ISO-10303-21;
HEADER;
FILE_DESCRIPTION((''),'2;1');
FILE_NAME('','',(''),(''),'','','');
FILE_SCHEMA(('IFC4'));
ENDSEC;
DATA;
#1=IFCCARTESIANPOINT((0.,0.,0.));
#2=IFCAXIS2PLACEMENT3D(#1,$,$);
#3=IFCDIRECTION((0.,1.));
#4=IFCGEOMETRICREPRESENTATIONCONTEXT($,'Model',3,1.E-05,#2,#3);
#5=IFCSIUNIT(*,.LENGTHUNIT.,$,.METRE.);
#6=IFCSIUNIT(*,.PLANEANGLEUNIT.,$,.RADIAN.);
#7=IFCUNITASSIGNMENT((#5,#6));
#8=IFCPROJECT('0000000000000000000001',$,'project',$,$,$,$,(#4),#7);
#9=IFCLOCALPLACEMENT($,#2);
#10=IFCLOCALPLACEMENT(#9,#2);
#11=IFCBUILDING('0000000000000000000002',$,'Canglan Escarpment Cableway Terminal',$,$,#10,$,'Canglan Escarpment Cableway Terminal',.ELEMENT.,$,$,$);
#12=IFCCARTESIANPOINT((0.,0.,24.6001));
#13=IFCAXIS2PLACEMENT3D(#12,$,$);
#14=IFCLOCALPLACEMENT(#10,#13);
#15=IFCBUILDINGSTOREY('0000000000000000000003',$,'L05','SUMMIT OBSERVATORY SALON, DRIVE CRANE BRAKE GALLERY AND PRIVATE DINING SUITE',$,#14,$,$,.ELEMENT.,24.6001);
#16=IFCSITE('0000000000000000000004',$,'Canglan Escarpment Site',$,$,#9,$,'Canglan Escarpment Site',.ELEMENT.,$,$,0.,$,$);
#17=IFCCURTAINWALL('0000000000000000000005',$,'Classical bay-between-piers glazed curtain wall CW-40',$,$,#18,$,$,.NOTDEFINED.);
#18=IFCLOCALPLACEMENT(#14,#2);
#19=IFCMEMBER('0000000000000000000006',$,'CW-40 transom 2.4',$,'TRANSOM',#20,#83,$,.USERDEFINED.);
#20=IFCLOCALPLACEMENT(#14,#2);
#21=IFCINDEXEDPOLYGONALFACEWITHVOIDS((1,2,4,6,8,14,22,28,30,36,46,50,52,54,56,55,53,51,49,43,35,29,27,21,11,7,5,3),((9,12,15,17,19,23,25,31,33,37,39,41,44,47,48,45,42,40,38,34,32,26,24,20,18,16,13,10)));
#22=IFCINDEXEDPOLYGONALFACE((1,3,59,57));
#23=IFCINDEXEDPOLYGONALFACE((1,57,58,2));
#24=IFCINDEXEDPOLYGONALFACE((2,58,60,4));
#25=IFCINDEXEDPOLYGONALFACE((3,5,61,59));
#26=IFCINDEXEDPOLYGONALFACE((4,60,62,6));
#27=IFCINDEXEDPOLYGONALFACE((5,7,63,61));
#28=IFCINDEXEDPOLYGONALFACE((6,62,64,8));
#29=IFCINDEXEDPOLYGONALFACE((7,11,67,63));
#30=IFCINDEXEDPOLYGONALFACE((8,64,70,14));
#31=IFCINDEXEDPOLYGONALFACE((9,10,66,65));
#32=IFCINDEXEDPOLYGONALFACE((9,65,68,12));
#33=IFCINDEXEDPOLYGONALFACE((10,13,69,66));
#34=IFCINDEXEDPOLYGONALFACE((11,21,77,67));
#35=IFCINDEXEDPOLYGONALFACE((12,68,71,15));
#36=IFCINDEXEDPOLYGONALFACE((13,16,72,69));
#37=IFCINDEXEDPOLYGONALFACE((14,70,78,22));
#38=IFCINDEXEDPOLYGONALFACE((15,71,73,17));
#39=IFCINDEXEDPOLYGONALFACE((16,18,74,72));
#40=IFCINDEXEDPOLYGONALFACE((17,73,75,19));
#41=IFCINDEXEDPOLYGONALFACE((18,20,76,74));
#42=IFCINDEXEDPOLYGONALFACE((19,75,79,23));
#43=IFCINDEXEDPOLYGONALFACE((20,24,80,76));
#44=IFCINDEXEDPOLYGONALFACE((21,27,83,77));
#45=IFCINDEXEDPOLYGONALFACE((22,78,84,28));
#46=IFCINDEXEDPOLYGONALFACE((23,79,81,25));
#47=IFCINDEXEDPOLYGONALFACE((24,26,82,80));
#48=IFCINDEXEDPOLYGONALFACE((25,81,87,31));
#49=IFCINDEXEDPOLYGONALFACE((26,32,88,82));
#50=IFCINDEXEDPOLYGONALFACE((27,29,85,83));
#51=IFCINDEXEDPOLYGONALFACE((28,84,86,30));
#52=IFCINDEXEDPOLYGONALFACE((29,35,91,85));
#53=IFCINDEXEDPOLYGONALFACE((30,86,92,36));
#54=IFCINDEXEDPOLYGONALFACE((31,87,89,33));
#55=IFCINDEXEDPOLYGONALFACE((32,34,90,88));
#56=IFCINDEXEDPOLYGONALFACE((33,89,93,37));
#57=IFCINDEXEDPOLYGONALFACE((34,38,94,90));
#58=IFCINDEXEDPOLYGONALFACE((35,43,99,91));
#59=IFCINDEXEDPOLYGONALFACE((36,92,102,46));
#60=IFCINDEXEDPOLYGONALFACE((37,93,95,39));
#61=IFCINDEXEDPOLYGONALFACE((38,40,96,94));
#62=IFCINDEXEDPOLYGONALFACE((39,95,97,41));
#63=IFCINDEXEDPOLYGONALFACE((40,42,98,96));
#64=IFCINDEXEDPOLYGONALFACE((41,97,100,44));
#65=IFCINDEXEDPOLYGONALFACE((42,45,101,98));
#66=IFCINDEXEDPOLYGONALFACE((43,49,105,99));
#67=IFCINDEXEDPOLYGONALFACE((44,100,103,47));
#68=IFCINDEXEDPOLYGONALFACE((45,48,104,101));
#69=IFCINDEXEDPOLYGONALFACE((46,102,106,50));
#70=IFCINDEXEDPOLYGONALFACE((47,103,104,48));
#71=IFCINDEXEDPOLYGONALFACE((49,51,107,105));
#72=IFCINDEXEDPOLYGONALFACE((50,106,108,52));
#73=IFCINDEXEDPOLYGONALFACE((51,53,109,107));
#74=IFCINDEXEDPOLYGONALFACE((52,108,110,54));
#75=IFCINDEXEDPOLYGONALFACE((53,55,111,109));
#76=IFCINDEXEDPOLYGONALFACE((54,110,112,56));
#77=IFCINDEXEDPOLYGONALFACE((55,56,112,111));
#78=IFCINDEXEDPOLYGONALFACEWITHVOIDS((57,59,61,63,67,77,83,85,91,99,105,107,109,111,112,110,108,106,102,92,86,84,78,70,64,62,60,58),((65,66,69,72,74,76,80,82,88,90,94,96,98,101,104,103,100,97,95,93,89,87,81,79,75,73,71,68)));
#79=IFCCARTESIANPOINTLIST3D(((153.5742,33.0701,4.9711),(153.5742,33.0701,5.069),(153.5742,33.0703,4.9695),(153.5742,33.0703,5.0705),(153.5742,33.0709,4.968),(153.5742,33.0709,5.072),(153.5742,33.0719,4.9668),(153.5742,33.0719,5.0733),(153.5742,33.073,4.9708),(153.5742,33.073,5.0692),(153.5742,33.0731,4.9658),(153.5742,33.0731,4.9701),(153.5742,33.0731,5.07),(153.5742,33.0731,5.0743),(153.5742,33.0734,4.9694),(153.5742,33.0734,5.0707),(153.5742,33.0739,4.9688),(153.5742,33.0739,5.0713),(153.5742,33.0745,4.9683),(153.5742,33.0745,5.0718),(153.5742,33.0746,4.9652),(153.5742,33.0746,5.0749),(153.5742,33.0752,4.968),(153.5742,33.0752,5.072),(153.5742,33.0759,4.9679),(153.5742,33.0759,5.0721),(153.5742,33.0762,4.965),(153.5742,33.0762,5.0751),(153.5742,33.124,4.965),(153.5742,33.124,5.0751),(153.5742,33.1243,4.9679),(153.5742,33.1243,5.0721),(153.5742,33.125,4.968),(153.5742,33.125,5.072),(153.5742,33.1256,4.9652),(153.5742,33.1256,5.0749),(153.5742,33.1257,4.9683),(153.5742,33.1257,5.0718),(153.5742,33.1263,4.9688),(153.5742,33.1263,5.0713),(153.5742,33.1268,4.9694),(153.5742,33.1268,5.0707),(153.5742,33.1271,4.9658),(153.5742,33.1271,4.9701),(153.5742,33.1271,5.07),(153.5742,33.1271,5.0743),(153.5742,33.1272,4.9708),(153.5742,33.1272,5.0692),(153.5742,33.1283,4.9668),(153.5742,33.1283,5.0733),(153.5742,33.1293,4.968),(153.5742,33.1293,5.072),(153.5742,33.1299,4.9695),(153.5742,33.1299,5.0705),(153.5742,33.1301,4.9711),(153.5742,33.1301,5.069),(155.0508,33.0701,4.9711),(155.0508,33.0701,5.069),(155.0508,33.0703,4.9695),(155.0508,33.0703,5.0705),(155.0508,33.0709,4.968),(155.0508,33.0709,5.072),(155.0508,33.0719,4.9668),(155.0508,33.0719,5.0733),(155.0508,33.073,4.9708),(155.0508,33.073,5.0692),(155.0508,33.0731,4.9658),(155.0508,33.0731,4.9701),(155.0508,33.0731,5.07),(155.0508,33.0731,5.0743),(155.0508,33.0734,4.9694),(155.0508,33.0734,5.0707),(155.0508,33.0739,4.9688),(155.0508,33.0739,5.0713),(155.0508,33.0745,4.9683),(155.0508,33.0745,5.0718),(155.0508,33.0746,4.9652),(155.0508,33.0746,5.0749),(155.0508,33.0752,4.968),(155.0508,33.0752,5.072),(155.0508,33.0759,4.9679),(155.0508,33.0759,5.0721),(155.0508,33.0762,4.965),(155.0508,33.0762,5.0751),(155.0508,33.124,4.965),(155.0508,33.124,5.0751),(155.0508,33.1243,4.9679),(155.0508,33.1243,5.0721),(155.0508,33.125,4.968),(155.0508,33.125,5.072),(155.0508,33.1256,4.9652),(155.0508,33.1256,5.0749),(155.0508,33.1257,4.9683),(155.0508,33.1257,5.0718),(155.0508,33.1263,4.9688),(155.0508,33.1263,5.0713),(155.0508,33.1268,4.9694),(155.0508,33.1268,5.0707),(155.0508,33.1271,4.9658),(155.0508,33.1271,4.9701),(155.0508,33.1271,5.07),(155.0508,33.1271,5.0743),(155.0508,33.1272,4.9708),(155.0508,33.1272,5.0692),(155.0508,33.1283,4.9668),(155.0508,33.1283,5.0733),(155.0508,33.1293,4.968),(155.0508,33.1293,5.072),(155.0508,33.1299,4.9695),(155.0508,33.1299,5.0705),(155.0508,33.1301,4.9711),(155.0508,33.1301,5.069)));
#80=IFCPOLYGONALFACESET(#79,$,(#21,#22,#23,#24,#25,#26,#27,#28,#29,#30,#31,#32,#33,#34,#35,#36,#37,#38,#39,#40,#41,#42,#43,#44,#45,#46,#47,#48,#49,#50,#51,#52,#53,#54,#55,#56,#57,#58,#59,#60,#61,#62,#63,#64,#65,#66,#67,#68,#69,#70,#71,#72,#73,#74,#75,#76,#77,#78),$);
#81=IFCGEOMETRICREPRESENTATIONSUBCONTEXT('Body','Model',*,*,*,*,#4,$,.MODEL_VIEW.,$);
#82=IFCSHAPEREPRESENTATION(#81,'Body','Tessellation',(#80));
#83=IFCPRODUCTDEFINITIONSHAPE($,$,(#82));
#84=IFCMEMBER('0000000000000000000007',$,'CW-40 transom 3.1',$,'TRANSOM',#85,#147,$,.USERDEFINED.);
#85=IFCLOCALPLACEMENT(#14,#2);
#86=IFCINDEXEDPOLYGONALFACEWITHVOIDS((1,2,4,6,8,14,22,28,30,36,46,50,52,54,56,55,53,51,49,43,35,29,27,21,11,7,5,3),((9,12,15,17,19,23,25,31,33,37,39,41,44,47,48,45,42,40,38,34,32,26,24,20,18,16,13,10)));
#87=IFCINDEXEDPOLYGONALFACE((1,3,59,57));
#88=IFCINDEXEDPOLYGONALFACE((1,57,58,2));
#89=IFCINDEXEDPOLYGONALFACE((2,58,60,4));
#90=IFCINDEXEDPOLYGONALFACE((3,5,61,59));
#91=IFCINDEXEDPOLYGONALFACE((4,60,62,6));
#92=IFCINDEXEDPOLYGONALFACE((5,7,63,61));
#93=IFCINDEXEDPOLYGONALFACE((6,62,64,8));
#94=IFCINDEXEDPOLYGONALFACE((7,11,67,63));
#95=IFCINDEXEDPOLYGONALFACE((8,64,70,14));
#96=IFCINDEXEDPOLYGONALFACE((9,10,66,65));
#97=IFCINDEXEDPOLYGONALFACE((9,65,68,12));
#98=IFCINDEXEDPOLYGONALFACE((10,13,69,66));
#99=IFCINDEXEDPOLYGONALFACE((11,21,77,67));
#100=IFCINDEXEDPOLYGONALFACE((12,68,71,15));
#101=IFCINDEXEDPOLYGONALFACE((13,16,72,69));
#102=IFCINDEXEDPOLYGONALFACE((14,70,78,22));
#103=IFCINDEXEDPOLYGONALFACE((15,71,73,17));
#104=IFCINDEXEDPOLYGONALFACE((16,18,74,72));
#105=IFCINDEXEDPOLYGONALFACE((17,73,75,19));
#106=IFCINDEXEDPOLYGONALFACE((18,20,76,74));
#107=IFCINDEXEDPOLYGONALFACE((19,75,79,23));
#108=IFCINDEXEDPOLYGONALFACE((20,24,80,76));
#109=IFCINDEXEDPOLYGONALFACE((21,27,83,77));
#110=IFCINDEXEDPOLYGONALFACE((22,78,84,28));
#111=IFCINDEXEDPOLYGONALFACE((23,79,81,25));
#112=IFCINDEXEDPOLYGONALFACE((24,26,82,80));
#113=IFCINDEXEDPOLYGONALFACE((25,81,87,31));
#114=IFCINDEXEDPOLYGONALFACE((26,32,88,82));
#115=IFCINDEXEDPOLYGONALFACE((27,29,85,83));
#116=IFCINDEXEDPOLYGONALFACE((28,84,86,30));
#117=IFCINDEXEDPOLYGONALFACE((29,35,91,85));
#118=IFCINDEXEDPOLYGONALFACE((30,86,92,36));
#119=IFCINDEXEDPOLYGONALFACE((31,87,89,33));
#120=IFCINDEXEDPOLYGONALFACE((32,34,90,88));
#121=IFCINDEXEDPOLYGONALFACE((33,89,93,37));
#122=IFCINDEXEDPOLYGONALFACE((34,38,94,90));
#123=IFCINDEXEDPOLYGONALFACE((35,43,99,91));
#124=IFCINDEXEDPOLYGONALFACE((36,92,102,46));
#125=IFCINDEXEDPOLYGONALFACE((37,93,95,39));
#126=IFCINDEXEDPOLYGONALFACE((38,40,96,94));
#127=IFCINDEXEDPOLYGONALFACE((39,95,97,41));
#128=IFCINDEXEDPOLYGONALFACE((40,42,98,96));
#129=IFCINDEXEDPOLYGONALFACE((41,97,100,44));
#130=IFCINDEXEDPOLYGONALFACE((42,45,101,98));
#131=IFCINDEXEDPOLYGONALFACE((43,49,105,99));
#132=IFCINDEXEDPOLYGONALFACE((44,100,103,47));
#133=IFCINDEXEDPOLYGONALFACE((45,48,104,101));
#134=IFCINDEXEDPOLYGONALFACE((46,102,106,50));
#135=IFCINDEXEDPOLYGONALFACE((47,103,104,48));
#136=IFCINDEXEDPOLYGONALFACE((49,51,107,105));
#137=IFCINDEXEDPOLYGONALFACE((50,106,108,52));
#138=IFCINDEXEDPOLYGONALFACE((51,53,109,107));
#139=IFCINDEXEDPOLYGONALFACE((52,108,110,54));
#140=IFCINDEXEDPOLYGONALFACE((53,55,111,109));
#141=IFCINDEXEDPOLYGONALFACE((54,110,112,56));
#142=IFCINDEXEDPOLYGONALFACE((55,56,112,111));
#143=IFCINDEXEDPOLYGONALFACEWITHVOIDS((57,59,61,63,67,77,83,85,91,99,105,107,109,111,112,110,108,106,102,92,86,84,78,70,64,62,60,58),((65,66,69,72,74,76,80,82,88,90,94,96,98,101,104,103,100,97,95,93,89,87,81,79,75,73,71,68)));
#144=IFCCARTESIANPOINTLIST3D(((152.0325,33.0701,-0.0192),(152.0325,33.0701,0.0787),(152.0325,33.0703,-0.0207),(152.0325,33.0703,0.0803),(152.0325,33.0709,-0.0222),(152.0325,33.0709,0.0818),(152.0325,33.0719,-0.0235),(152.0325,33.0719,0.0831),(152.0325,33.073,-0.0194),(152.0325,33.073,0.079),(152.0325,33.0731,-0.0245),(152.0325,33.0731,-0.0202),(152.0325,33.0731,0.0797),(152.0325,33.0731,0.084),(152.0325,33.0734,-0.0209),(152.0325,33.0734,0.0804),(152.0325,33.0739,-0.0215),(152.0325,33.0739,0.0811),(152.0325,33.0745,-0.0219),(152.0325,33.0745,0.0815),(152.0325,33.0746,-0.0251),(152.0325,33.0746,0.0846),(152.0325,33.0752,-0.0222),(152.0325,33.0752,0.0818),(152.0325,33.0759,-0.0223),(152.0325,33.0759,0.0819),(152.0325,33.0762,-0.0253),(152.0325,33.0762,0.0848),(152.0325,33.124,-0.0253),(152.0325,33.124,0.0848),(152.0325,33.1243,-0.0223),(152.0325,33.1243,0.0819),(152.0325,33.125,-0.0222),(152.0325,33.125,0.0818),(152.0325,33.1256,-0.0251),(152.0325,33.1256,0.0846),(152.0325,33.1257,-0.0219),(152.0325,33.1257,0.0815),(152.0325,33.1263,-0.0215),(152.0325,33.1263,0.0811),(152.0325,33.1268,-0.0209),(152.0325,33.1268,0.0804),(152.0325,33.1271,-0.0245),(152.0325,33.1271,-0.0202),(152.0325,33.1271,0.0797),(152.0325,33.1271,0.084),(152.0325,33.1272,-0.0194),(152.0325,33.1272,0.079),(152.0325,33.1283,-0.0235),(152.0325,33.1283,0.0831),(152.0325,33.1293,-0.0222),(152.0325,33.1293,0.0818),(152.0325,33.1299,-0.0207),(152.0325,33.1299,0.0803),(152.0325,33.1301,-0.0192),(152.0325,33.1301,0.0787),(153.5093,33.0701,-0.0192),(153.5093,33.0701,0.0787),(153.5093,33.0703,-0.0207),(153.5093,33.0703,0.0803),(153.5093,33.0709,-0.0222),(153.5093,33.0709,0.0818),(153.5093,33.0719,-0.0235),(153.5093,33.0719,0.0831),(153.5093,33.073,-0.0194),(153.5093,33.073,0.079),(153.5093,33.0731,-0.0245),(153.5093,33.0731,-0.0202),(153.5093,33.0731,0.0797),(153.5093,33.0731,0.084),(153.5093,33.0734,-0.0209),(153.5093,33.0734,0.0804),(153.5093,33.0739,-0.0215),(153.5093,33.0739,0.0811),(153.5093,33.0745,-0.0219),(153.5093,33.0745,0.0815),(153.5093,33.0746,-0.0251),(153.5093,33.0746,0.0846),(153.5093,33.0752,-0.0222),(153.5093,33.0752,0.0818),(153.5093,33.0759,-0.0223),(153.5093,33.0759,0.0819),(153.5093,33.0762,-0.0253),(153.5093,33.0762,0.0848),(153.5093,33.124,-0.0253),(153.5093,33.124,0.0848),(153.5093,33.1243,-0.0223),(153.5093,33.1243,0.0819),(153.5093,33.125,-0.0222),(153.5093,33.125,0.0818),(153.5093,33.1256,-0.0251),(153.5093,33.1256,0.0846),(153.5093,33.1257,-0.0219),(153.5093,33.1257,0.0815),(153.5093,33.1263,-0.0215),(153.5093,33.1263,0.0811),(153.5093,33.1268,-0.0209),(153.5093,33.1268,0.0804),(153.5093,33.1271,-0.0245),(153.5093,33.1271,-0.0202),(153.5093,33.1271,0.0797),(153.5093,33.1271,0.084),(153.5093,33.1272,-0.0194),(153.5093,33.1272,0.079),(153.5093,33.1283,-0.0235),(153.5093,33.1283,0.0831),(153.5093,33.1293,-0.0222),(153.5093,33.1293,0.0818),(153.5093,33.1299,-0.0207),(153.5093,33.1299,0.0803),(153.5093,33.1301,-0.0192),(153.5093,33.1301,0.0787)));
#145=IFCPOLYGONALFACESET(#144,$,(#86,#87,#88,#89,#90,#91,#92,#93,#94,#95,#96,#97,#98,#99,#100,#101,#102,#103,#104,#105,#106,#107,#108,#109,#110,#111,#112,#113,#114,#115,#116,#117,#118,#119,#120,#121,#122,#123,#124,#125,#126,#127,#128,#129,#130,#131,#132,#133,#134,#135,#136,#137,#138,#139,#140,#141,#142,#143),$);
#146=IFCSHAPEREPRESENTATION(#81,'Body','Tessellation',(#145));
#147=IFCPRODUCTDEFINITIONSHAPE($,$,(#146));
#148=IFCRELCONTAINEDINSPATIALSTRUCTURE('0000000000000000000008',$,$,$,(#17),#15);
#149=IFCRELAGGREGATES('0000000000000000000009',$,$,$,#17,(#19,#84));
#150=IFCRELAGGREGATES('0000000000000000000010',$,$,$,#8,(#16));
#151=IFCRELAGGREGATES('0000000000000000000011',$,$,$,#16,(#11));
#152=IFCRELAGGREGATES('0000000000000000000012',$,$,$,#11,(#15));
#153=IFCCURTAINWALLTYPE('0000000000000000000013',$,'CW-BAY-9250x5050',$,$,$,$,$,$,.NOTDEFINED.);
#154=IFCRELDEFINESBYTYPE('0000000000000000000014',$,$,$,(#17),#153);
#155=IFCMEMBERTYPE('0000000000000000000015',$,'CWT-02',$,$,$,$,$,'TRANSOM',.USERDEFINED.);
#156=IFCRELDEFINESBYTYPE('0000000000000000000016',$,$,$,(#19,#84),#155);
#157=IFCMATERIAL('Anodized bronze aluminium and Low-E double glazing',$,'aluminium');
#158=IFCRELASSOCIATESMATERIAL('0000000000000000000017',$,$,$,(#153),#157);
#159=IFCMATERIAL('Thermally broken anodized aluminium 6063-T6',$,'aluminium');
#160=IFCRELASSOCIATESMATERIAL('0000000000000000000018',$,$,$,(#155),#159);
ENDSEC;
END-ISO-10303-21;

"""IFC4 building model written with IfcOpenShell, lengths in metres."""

from ifc_helpers import new_model, si_unit, direction, frame, origin, origin_2d, place, context, subcontext, project, spatial, hollow_rectangle, extrude, material, material_profile, profile_set, type_object, element, aggregate, save


model = new_model("IFC4")

# Units and contexts
model_context = context("Model", 3, precision=1e-05, world=origin(), true_north=direction((0.0, 1.0)))
body_context = subcontext(model_context, "Body", "Model", "MODEL_VIEW")
ifc_project = project(units=[si_unit("LENGTHUNIT", "METRE"), si_unit("PLANEANGLEUNIT", "RADIAN")], contexts=[model_context])

# Site, building, storey
site_placement = place(None, origin())
site = spatial("IfcSite", under=ifc_project, at=site_placement, Name="Canglan Escarpment Site", LongName="Canglan Escarpment Site", CompositionType="ELEMENT", RefElevation=0.0)
building_placement = place(site_placement, origin())
building = spatial("IfcBuilding", under=site, at=building_placement, Name="Canglan Escarpment Cableway Terminal", LongName="Canglan Escarpment Cableway Terminal", CompositionType="ELEMENT")
storey_placement = place(building_placement, frame((0.0, 0.0, 24.6001)))
storey = spatial("IfcBuildingStorey", under=building, at=storey_placement, Name="L05", Description="SUMMIT OBSERVATORY SALON, DRIVE CRANE BRAKE GALLERY AND PRIVATE DINING SUITE", CompositionType="ELEMENT", Elevation=24.6001)

# Curtain wall, members
ifc_material_1 = material(Name="Anodized bronze aluminium and Low-E double glazing", Category="aluminium")
curtain_wall_type = type_object("IfcCurtainWallType", Name="CW-BAY-9250x5050", PredefinedType="NOTDEFINED", material=ifc_material_1)
curtain_wall_placement = place(storey_placement, origin())
curtain_wall = element("IfcCurtainWall", 1, at=curtain_wall_placement, inside=storey, type_object=curtain_wall_type, Name="Classical bay-between-piers glazed curtain wall CW-40", PredefinedType="NOTDEFINED")
ifc_material_2 = material(Name="Thermally broken anodized aluminium 6063-T6", Category="aluminium")
ifc_material_profile_1 = material_profile(ifc_material_2, hollow_rectangle(XDim=0.0601, YDim=0.1101, WallThickness=0.0029, InnerFilletRadius=0.0029, OuterFilletRadius=0.0061, at=origin_2d()), Name="ALU-TRAN 60x110x3")
ifc_profile_set_1 = profile_set([ifc_material_profile_1], Name="Thermally broken anodized aluminium 6063-T6")
member_type_1 = type_object("IfcMemberType", Name="CWT-02", ElementType="TRANSOM", PredefinedType="USERDEFINED", material=ifc_profile_set_1)
member_1_placement = place(storey_placement, frame((155.0508, 33.1001, 5.02), z_axis=(-1.0, 0.0, 0.0), x_axis=(0.0, -1.0, 0.0)))
member_1 = element("IfcMember", 2, at=member_1_placement, type_object=member_type_1, Name="CW-40 transom 2.4", ObjectType="TRANSOM", PredefinedType="USERDEFINED", context=body_context, shape_type="SweptSolid", body=[
    extrude(hollow_rectangle(XDim=0.0601, YDim=0.1101, WallThickness=0.0029, InnerFilletRadius=0.0029, OuterFilletRadius=0.0061, at=origin_2d()), origin(), (0.0, 0.0, 1.0), 1.4766),
])
member_2_placement = place(storey_placement, frame((153.5093, 33.1001, 0.0298), z_axis=(-1.0, 0.0, 0.0), x_axis=(0.0, -1.0, 0.0)))
member_2 = element("IfcMember", 3, at=member_2_placement, type_object=member_type_1, Name="CW-40 transom 3.1", ObjectType="TRANSOM", PredefinedType="USERDEFINED", context=body_context, shape_type="SweptSolid", body=[
    extrude(hollow_rectangle(XDim=0.0601, YDim=0.1101, WallThickness=0.0029, InnerFilletRadius=0.0029, OuterFilletRadius=0.0061, at=origin_2d()), origin(), (0.0, 0.0, 1.0), 1.4768),
])

aggregate(curtain_wall, [member_1, member_2])

save(model, "model.ifc")
